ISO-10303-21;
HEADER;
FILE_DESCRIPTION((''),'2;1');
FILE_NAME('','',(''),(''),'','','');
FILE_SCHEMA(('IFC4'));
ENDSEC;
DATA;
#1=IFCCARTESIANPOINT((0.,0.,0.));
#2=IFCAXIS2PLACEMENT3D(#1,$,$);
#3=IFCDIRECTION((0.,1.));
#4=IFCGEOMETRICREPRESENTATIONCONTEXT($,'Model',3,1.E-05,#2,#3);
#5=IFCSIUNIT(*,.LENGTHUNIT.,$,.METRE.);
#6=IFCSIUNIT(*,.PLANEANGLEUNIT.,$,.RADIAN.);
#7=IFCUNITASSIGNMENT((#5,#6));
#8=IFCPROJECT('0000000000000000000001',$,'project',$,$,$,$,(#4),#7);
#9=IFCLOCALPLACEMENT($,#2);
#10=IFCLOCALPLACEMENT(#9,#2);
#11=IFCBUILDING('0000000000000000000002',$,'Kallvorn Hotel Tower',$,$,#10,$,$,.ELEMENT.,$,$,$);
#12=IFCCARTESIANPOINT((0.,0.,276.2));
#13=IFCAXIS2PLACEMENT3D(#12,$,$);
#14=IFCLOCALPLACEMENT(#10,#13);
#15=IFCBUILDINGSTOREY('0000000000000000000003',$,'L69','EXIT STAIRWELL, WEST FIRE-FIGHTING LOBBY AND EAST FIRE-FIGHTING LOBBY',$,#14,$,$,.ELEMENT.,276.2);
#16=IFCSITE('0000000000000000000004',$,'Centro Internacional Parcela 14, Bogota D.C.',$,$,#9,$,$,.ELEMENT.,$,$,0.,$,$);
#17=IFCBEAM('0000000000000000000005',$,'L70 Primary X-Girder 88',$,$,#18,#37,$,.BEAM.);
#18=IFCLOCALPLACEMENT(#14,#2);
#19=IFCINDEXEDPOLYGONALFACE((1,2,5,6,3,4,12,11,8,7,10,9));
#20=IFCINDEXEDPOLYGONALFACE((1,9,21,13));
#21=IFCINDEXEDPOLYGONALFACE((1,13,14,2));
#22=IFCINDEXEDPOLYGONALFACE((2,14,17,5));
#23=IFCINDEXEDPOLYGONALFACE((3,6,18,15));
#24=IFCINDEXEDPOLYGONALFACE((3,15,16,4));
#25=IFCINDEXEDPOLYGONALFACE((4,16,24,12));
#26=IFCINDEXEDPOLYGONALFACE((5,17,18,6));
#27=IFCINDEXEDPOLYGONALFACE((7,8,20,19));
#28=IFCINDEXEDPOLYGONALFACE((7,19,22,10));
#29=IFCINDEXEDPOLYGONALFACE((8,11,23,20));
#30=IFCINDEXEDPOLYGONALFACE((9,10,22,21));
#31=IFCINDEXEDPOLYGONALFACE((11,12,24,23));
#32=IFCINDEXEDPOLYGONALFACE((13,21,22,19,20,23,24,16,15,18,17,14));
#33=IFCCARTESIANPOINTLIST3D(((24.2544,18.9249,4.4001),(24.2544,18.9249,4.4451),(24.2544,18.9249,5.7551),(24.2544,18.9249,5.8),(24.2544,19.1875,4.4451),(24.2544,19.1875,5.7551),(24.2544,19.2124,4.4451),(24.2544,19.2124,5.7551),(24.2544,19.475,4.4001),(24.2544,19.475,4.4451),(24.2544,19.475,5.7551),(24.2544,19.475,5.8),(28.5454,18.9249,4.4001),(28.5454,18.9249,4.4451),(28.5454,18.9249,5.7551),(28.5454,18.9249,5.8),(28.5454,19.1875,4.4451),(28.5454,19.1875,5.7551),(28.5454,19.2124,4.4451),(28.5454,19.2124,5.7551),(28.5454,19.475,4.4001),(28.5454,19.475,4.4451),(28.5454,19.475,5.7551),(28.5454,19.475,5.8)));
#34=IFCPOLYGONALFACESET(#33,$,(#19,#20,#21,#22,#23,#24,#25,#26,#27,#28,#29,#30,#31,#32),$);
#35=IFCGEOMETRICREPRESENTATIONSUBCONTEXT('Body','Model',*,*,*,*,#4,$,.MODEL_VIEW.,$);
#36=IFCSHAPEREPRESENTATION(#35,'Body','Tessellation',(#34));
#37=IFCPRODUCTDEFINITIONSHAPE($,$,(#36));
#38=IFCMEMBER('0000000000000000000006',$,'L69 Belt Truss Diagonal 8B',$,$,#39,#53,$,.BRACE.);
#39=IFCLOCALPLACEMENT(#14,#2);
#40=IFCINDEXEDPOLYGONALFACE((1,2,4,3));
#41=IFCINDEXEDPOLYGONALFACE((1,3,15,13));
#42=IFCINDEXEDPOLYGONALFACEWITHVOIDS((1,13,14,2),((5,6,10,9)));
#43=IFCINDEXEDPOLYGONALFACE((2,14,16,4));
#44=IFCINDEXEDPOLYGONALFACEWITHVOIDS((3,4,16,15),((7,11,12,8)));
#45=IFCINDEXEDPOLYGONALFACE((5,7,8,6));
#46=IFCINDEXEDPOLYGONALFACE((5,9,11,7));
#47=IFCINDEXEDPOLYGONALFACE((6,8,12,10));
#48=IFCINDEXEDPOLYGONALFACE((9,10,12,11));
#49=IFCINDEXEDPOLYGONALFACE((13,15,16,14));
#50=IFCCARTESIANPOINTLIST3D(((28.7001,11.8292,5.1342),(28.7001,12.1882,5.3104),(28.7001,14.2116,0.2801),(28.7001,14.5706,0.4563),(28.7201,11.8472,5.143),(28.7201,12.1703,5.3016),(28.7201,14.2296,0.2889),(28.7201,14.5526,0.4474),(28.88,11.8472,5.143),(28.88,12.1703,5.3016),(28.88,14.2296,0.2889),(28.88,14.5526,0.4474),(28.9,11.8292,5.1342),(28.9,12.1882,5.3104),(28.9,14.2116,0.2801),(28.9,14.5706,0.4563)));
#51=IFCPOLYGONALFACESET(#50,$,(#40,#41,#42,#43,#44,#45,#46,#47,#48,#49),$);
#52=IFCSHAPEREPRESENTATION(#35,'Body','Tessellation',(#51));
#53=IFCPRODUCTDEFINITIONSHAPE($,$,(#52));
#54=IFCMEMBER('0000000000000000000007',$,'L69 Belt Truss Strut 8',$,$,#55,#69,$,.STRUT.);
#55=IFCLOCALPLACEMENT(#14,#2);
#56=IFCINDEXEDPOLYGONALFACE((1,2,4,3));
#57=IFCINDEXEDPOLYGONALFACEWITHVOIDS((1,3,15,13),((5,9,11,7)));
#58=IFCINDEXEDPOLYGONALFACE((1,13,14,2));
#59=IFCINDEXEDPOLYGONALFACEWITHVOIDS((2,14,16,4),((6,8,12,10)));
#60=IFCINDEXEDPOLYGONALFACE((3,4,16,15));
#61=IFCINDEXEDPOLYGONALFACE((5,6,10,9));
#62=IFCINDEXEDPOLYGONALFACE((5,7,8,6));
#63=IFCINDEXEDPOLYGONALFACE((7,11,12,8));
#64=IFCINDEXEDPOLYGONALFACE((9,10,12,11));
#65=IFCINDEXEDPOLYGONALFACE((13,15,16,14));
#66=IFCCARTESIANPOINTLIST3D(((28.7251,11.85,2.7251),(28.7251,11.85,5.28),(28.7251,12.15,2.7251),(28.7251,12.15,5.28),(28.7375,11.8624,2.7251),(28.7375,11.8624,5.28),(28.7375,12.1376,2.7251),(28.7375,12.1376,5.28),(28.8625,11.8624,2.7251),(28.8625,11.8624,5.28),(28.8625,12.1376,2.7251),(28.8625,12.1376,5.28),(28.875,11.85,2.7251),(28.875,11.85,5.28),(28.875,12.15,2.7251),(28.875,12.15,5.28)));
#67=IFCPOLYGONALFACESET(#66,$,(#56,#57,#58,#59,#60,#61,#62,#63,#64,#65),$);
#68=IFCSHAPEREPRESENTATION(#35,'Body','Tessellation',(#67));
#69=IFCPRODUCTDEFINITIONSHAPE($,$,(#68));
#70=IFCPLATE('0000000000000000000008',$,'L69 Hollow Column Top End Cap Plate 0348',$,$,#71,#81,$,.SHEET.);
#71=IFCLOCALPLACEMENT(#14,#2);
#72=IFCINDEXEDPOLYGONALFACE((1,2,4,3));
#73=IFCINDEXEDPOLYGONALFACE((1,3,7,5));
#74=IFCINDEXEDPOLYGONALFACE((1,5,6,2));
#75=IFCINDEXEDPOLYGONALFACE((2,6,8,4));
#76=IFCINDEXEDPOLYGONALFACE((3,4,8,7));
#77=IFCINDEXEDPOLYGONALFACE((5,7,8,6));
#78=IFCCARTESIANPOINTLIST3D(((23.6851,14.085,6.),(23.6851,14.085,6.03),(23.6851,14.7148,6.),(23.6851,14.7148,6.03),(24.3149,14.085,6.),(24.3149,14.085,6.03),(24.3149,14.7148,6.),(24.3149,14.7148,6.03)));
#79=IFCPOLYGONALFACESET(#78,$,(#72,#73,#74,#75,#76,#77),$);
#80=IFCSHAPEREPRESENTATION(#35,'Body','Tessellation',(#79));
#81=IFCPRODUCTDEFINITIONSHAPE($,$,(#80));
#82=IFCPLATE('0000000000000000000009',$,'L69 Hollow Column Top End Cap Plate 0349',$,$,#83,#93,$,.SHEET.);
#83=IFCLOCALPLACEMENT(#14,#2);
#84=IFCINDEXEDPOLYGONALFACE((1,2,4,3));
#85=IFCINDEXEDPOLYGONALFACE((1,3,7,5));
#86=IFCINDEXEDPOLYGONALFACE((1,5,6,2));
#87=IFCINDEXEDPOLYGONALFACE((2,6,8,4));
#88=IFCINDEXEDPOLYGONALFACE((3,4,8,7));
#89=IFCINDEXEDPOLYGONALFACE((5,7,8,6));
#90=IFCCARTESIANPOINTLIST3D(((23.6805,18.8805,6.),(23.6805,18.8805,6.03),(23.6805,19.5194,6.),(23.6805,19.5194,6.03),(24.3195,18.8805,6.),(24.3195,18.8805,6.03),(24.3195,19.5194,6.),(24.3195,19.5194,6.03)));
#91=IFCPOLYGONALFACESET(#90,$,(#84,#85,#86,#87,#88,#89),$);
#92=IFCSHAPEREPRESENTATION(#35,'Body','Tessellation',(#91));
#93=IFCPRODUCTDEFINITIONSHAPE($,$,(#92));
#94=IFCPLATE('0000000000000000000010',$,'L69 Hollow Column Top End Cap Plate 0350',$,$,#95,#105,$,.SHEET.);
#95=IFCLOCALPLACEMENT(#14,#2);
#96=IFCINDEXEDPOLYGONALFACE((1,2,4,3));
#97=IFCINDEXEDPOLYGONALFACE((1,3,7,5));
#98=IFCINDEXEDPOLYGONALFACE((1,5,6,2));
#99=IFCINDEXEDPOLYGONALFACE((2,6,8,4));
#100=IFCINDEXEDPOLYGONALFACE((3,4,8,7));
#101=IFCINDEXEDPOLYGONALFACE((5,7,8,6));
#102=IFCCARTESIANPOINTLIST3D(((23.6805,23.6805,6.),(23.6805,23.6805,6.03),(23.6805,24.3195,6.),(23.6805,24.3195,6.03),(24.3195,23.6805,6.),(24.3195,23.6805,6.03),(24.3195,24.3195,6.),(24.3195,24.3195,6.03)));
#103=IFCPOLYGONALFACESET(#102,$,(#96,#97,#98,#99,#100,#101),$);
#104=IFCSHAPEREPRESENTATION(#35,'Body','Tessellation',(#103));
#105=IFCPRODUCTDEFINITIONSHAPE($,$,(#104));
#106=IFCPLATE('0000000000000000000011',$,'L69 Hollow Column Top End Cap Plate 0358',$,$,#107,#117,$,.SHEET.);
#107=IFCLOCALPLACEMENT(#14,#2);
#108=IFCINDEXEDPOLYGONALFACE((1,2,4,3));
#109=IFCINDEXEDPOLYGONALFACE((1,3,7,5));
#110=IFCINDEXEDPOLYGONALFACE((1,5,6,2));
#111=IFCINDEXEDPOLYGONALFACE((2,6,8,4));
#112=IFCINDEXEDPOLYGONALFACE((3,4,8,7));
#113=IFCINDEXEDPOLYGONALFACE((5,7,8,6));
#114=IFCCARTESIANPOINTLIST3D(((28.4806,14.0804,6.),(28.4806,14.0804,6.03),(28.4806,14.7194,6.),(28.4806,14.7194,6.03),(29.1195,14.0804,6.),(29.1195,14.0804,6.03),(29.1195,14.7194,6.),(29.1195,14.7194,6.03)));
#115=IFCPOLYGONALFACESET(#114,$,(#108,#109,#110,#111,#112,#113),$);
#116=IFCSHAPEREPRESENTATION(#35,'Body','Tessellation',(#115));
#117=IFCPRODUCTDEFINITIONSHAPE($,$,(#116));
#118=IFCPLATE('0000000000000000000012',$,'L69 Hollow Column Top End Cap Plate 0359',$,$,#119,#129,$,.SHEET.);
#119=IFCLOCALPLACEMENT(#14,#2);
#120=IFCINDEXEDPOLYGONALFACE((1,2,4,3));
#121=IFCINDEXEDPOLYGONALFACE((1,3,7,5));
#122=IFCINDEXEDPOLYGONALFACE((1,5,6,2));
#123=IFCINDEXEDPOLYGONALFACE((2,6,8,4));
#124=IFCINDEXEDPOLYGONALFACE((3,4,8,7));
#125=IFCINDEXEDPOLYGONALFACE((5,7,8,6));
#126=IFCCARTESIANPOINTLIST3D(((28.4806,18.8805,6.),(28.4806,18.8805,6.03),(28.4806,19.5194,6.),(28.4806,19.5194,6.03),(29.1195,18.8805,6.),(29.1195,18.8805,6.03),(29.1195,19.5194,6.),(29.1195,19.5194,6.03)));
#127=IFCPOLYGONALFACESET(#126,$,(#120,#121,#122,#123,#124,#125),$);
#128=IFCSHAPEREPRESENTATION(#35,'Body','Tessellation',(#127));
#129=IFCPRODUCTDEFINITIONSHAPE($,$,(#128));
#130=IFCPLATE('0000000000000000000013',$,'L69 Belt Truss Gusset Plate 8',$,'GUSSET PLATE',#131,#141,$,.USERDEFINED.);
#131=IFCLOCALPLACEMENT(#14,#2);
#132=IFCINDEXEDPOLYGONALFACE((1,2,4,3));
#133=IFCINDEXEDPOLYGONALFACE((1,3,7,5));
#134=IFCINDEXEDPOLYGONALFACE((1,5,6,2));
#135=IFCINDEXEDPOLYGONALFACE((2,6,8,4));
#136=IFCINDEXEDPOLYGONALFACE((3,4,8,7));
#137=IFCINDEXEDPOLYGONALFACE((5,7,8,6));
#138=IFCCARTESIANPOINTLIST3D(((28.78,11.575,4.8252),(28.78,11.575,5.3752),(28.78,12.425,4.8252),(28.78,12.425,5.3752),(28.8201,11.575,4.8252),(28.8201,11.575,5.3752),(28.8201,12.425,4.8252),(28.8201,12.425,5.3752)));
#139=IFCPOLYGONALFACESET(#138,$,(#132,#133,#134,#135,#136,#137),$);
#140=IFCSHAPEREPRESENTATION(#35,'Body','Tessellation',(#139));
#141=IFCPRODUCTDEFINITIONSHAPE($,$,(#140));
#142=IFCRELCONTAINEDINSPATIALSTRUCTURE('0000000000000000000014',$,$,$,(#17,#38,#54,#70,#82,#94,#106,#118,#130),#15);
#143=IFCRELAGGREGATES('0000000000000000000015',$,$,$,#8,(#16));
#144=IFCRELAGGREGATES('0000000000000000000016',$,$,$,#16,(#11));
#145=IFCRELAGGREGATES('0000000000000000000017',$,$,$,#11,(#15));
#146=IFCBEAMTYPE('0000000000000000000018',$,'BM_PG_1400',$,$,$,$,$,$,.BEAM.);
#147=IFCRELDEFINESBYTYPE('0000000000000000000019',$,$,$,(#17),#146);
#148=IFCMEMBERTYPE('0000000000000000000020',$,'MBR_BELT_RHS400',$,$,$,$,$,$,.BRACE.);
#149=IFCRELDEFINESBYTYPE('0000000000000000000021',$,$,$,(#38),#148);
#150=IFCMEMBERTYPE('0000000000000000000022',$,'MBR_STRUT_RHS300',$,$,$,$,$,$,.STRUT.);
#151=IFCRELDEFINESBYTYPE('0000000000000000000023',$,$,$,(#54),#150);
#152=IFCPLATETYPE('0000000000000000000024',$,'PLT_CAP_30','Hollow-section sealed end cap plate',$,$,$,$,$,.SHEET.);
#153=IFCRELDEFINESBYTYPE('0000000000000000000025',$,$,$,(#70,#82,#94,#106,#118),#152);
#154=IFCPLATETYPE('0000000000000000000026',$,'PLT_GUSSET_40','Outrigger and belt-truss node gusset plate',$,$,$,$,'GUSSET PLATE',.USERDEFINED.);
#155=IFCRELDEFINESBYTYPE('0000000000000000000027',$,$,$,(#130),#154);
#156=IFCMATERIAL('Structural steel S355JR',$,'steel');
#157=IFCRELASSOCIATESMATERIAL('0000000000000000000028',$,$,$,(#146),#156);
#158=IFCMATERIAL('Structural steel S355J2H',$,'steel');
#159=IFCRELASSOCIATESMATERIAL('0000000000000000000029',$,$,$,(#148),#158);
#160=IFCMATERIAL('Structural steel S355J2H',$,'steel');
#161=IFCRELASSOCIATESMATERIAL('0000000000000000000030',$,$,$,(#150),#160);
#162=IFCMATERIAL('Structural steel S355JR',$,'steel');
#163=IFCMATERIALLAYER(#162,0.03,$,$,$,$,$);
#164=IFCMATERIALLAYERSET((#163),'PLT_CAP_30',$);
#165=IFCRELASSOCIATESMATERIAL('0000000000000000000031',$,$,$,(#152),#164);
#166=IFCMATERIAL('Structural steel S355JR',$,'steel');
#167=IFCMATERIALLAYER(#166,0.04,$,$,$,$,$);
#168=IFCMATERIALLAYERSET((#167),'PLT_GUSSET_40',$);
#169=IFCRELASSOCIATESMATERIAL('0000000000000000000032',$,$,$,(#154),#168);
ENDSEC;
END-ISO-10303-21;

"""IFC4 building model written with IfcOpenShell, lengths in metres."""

from ifc_helpers import new_model, si_unit, direction, frame, origin, origin_2d, place, context, subcontext, project, spatial, rectangle, hollow_rectangle, i_section, extrude, material, layer, layer_set, material_profile, profile_set, type_object, element, save


model = new_model("IFC4")

# Units and contexts
model_context = context("Model", 3, precision=1e-05, world=origin(), true_north=direction((0.0, 1.0)))
body_context = subcontext(model_context, "Body", "Model", "MODEL_VIEW")
ifc_project = project(units=[si_unit("LENGTHUNIT", "METRE"), si_unit("PLANEANGLEUNIT", "RADIAN")], contexts=[model_context])

# Site, building, storey
site_placement = place(None, origin())
site = spatial("IfcSite", under=ifc_project, at=site_placement, Name="Centro Internacional Parcela 14, Bogota D.C.", CompositionType="ELEMENT", RefElevation=0.0)
building_placement = place(site_placement, origin())
building = spatial("IfcBuilding", under=site, at=building_placement, Name="Kallvorn Hotel Tower", CompositionType="ELEMENT")
storey_placement = place(building_placement, frame((0.0, 0.0, 276.2)))
storey = spatial("IfcBuildingStorey", under=building, at=storey_placement, Name="L69", Description="EXIT STAIRWELL, WEST FIRE-FIGHTING LOBBY AND EAST FIRE-FIGHTING LOBBY", CompositionType="ELEMENT", Elevation=276.2)

# Beam
ifc_material_1 = material(Name="Structural steel S355JR", Category="steel")
ifc_material_profile_1 = material_profile(ifc_material_1, i_section(OverallWidth=0.55, OverallDepth=1.3999, WebThickness=0.0249, FlangeThickness=0.0449, at=origin_2d()), Name="PG 1400x550x25x45")
ifc_profile_set_1 = profile_set([ifc_material_profile_1], Name="Structural steel S355JR")
beam_type_1 = type_object("IfcBeamType", Name="BM_PG_1400", PredefinedType="BEAM", material=ifc_profile_set_1)
beam_1_placement = place(storey_placement, frame((24.2544, 19.2, 5.1001), z_axis=(1.0, 0.0, 0.0), x_axis=(0.0, 1.0, 0.0)))
element("IfcBeam", 1, at=beam_1_placement, inside=storey, type_object=beam_type_1, Name="L70 Primary X-Girder 88", PredefinedType="BEAM", context=body_context, shape_type="SweptSolid", body=[
    extrude(i_section(OverallWidth=0.55, OverallDepth=1.3999, WebThickness=0.0249, FlangeThickness=0.0449, at=origin_2d()), origin(), (0.0, 0.0, 1.0), 4.291),
])

# Members
ifc_material_2 = material(Name="Structural steel S355J2H", Category="steel")
ifc_material_profile_2 = material_profile(ifc_material_2, hollow_rectangle(XDim=0.2, YDim=0.3999, WallThickness=0.02, at=origin_2d()), Name="RHS 400x200x20")
ifc_profile_set_2 = profile_set([ifc_material_profile_2], Name="Structural steel S355J2H")
member_type_1 = type_object("IfcMemberType", Name="MBR_BELT_RHS400", PredefinedType="BRACE", material=ifc_profile_set_2)
member_1_placement = place(storey_placement, frame((28.8, 14.3911, 0.3682), z_axis=(0.0, -0.440591, 0.897708), x_axis=(1.0, 0.0, 0.0)))
element("IfcMember", 2, at=member_1_placement, inside=storey, type_object=member_type_1, Name="L69 Belt Truss Diagonal 8B", PredefinedType="BRACE", context=body_context, shape_type="SweptSolid", body=[
    extrude(hollow_rectangle(XDim=0.2, YDim=0.3999, WallThickness=0.02, at=origin_2d()), origin(), (0.0, 0.0, 1.0), 5.4072),
])
ifc_material_3 = material(Name="Structural steel S355J2H", Category="steel")
ifc_material_profile_3 = material_profile(ifc_material_3, hollow_rectangle(XDim=0.1499, YDim=0.3, WallThickness=0.0125, at=origin_2d()), Name="RHS 300x150x12.5")
ifc_profile_set_3 = profile_set([ifc_material_profile_3], Name="Structural steel S355J2H")
member_type_2 = type_object("IfcMemberType", Name="MBR_STRUT_RHS300", PredefinedType="STRUT", material=ifc_profile_set_3)
member_2_placement = place(storey_placement, frame((28.8, 12.0, 2.7251), z_axis=(0.0, 0.0, 1.0), x_axis=(1.0, 0.0, 0.0)))
element("IfcMember", 3, at=member_2_placement, inside=storey, type_object=member_type_2, Name="L69 Belt Truss Strut 8", PredefinedType="STRUT", context=body_context, shape_type="SweptSolid", body=[
    extrude(hollow_rectangle(XDim=0.1499, YDim=0.3, WallThickness=0.0125, at=origin_2d()), origin(), (0.0, 0.0, 1.0), 2.5549),
])

# Plates
ifc_material_4 = material(Name="Structural steel S355JR", Category="steel")
ifc_layer_1 = layer(ifc_material_4, 0.03)
ifc_layer_set_1 = layer_set([ifc_layer_1], Name="PLT_CAP_30")
plate_type_1 = type_object("IfcPlateType", Name="PLT_CAP_30", Description="Hollow-section sealed end cap plate", PredefinedType="SHEET", material=ifc_layer_set_1)
plate_1_placement = place(storey_placement, frame((24.0, 14.3999, 6.0), z_axis=(0.0, 0.0, 1.0), x_axis=(1.0, 0.0, 0.0)))
element("IfcPlate", 4, at=plate_1_placement, inside=storey, type_object=plate_type_1, Name="L69 Hollow Column Top End Cap Plate 0348", PredefinedType="SHEET", context=body_context, shape_type="SweptSolid", body=[
    extrude(rectangle(XDim=0.6299, YDim=0.6299, at=origin_2d()), origin(), (0.0, 0.0, 1.0), 0.03),
])
for number, where, z_axis, x_axis, name in (
    (5, (24.0, 19.2, 6.0), (0.0, 0.0, 1.0), (1.0, 0.0, 0.0), "L69 Hollow Column Top End Cap Plate 0349"),
    (6, (24.0, 24.0, 6.0), (0.0, 0.0, 1.0), (1.0, 0.0, 0.0), "L69 Hollow Column Top End Cap Plate 0350"),
    (7, (28.8, 14.3999, 6.0), (0.0, 0.0, 1.0), (1.0, 0.0, 0.0), "L69 Hollow Column Top End Cap Plate 0358"),
    (8, (28.8, 19.2, 6.0), (0.0, 0.0, 1.0), (1.0, 0.0, 0.0), "L69 Hollow Column Top End Cap Plate 0359"),
):
    element("IfcPlate", number, at=place(storey_placement, frame(where, z_axis=z_axis, x_axis=x_axis)), inside=storey, type_object=plate_type_1, Name=name, PredefinedType="SHEET", context=body_context, shape_type="SweptSolid", body=[
        extrude(rectangle(XDim=0.6389, YDim=0.6389, at=origin_2d()), origin(), (0.0, 0.0, 1.0), 0.03),
    ])
ifc_material_5 = material(Name="Structural steel S355JR", Category="steel")
ifc_layer_2 = layer(ifc_material_5, 0.04)
ifc_layer_set_2 = layer_set([ifc_layer_2], Name="PLT_GUSSET_40")
plate_type_2 = type_object("IfcPlateType", Name="PLT_GUSSET_40", Description="Outrigger and belt-truss node gusset plate", ElementType="GUSSET PLATE", PredefinedType="USERDEFINED", material=ifc_layer_set_2)
plate_2_placement = place(storey_placement, frame((28.8, 12.0, 4.8252), z_axis=(0.0, 0.0, 1.0), x_axis=(0.0, 1.0, 0.0)))
element("IfcPlate", 9, at=plate_2_placement, inside=storey, type_object=plate_type_2, Name="L69 Belt Truss Gusset Plate 8", ObjectType="GUSSET PLATE", PredefinedType="USERDEFINED", context=body_context, shape_type="SweptSolid", body=[
    extrude(rectangle(XDim=0.8501, YDim=0.04, at=origin_2d()), origin(), (0.0, 0.0, 1.0), 0.55),
])

save(model, "model.ifc")
